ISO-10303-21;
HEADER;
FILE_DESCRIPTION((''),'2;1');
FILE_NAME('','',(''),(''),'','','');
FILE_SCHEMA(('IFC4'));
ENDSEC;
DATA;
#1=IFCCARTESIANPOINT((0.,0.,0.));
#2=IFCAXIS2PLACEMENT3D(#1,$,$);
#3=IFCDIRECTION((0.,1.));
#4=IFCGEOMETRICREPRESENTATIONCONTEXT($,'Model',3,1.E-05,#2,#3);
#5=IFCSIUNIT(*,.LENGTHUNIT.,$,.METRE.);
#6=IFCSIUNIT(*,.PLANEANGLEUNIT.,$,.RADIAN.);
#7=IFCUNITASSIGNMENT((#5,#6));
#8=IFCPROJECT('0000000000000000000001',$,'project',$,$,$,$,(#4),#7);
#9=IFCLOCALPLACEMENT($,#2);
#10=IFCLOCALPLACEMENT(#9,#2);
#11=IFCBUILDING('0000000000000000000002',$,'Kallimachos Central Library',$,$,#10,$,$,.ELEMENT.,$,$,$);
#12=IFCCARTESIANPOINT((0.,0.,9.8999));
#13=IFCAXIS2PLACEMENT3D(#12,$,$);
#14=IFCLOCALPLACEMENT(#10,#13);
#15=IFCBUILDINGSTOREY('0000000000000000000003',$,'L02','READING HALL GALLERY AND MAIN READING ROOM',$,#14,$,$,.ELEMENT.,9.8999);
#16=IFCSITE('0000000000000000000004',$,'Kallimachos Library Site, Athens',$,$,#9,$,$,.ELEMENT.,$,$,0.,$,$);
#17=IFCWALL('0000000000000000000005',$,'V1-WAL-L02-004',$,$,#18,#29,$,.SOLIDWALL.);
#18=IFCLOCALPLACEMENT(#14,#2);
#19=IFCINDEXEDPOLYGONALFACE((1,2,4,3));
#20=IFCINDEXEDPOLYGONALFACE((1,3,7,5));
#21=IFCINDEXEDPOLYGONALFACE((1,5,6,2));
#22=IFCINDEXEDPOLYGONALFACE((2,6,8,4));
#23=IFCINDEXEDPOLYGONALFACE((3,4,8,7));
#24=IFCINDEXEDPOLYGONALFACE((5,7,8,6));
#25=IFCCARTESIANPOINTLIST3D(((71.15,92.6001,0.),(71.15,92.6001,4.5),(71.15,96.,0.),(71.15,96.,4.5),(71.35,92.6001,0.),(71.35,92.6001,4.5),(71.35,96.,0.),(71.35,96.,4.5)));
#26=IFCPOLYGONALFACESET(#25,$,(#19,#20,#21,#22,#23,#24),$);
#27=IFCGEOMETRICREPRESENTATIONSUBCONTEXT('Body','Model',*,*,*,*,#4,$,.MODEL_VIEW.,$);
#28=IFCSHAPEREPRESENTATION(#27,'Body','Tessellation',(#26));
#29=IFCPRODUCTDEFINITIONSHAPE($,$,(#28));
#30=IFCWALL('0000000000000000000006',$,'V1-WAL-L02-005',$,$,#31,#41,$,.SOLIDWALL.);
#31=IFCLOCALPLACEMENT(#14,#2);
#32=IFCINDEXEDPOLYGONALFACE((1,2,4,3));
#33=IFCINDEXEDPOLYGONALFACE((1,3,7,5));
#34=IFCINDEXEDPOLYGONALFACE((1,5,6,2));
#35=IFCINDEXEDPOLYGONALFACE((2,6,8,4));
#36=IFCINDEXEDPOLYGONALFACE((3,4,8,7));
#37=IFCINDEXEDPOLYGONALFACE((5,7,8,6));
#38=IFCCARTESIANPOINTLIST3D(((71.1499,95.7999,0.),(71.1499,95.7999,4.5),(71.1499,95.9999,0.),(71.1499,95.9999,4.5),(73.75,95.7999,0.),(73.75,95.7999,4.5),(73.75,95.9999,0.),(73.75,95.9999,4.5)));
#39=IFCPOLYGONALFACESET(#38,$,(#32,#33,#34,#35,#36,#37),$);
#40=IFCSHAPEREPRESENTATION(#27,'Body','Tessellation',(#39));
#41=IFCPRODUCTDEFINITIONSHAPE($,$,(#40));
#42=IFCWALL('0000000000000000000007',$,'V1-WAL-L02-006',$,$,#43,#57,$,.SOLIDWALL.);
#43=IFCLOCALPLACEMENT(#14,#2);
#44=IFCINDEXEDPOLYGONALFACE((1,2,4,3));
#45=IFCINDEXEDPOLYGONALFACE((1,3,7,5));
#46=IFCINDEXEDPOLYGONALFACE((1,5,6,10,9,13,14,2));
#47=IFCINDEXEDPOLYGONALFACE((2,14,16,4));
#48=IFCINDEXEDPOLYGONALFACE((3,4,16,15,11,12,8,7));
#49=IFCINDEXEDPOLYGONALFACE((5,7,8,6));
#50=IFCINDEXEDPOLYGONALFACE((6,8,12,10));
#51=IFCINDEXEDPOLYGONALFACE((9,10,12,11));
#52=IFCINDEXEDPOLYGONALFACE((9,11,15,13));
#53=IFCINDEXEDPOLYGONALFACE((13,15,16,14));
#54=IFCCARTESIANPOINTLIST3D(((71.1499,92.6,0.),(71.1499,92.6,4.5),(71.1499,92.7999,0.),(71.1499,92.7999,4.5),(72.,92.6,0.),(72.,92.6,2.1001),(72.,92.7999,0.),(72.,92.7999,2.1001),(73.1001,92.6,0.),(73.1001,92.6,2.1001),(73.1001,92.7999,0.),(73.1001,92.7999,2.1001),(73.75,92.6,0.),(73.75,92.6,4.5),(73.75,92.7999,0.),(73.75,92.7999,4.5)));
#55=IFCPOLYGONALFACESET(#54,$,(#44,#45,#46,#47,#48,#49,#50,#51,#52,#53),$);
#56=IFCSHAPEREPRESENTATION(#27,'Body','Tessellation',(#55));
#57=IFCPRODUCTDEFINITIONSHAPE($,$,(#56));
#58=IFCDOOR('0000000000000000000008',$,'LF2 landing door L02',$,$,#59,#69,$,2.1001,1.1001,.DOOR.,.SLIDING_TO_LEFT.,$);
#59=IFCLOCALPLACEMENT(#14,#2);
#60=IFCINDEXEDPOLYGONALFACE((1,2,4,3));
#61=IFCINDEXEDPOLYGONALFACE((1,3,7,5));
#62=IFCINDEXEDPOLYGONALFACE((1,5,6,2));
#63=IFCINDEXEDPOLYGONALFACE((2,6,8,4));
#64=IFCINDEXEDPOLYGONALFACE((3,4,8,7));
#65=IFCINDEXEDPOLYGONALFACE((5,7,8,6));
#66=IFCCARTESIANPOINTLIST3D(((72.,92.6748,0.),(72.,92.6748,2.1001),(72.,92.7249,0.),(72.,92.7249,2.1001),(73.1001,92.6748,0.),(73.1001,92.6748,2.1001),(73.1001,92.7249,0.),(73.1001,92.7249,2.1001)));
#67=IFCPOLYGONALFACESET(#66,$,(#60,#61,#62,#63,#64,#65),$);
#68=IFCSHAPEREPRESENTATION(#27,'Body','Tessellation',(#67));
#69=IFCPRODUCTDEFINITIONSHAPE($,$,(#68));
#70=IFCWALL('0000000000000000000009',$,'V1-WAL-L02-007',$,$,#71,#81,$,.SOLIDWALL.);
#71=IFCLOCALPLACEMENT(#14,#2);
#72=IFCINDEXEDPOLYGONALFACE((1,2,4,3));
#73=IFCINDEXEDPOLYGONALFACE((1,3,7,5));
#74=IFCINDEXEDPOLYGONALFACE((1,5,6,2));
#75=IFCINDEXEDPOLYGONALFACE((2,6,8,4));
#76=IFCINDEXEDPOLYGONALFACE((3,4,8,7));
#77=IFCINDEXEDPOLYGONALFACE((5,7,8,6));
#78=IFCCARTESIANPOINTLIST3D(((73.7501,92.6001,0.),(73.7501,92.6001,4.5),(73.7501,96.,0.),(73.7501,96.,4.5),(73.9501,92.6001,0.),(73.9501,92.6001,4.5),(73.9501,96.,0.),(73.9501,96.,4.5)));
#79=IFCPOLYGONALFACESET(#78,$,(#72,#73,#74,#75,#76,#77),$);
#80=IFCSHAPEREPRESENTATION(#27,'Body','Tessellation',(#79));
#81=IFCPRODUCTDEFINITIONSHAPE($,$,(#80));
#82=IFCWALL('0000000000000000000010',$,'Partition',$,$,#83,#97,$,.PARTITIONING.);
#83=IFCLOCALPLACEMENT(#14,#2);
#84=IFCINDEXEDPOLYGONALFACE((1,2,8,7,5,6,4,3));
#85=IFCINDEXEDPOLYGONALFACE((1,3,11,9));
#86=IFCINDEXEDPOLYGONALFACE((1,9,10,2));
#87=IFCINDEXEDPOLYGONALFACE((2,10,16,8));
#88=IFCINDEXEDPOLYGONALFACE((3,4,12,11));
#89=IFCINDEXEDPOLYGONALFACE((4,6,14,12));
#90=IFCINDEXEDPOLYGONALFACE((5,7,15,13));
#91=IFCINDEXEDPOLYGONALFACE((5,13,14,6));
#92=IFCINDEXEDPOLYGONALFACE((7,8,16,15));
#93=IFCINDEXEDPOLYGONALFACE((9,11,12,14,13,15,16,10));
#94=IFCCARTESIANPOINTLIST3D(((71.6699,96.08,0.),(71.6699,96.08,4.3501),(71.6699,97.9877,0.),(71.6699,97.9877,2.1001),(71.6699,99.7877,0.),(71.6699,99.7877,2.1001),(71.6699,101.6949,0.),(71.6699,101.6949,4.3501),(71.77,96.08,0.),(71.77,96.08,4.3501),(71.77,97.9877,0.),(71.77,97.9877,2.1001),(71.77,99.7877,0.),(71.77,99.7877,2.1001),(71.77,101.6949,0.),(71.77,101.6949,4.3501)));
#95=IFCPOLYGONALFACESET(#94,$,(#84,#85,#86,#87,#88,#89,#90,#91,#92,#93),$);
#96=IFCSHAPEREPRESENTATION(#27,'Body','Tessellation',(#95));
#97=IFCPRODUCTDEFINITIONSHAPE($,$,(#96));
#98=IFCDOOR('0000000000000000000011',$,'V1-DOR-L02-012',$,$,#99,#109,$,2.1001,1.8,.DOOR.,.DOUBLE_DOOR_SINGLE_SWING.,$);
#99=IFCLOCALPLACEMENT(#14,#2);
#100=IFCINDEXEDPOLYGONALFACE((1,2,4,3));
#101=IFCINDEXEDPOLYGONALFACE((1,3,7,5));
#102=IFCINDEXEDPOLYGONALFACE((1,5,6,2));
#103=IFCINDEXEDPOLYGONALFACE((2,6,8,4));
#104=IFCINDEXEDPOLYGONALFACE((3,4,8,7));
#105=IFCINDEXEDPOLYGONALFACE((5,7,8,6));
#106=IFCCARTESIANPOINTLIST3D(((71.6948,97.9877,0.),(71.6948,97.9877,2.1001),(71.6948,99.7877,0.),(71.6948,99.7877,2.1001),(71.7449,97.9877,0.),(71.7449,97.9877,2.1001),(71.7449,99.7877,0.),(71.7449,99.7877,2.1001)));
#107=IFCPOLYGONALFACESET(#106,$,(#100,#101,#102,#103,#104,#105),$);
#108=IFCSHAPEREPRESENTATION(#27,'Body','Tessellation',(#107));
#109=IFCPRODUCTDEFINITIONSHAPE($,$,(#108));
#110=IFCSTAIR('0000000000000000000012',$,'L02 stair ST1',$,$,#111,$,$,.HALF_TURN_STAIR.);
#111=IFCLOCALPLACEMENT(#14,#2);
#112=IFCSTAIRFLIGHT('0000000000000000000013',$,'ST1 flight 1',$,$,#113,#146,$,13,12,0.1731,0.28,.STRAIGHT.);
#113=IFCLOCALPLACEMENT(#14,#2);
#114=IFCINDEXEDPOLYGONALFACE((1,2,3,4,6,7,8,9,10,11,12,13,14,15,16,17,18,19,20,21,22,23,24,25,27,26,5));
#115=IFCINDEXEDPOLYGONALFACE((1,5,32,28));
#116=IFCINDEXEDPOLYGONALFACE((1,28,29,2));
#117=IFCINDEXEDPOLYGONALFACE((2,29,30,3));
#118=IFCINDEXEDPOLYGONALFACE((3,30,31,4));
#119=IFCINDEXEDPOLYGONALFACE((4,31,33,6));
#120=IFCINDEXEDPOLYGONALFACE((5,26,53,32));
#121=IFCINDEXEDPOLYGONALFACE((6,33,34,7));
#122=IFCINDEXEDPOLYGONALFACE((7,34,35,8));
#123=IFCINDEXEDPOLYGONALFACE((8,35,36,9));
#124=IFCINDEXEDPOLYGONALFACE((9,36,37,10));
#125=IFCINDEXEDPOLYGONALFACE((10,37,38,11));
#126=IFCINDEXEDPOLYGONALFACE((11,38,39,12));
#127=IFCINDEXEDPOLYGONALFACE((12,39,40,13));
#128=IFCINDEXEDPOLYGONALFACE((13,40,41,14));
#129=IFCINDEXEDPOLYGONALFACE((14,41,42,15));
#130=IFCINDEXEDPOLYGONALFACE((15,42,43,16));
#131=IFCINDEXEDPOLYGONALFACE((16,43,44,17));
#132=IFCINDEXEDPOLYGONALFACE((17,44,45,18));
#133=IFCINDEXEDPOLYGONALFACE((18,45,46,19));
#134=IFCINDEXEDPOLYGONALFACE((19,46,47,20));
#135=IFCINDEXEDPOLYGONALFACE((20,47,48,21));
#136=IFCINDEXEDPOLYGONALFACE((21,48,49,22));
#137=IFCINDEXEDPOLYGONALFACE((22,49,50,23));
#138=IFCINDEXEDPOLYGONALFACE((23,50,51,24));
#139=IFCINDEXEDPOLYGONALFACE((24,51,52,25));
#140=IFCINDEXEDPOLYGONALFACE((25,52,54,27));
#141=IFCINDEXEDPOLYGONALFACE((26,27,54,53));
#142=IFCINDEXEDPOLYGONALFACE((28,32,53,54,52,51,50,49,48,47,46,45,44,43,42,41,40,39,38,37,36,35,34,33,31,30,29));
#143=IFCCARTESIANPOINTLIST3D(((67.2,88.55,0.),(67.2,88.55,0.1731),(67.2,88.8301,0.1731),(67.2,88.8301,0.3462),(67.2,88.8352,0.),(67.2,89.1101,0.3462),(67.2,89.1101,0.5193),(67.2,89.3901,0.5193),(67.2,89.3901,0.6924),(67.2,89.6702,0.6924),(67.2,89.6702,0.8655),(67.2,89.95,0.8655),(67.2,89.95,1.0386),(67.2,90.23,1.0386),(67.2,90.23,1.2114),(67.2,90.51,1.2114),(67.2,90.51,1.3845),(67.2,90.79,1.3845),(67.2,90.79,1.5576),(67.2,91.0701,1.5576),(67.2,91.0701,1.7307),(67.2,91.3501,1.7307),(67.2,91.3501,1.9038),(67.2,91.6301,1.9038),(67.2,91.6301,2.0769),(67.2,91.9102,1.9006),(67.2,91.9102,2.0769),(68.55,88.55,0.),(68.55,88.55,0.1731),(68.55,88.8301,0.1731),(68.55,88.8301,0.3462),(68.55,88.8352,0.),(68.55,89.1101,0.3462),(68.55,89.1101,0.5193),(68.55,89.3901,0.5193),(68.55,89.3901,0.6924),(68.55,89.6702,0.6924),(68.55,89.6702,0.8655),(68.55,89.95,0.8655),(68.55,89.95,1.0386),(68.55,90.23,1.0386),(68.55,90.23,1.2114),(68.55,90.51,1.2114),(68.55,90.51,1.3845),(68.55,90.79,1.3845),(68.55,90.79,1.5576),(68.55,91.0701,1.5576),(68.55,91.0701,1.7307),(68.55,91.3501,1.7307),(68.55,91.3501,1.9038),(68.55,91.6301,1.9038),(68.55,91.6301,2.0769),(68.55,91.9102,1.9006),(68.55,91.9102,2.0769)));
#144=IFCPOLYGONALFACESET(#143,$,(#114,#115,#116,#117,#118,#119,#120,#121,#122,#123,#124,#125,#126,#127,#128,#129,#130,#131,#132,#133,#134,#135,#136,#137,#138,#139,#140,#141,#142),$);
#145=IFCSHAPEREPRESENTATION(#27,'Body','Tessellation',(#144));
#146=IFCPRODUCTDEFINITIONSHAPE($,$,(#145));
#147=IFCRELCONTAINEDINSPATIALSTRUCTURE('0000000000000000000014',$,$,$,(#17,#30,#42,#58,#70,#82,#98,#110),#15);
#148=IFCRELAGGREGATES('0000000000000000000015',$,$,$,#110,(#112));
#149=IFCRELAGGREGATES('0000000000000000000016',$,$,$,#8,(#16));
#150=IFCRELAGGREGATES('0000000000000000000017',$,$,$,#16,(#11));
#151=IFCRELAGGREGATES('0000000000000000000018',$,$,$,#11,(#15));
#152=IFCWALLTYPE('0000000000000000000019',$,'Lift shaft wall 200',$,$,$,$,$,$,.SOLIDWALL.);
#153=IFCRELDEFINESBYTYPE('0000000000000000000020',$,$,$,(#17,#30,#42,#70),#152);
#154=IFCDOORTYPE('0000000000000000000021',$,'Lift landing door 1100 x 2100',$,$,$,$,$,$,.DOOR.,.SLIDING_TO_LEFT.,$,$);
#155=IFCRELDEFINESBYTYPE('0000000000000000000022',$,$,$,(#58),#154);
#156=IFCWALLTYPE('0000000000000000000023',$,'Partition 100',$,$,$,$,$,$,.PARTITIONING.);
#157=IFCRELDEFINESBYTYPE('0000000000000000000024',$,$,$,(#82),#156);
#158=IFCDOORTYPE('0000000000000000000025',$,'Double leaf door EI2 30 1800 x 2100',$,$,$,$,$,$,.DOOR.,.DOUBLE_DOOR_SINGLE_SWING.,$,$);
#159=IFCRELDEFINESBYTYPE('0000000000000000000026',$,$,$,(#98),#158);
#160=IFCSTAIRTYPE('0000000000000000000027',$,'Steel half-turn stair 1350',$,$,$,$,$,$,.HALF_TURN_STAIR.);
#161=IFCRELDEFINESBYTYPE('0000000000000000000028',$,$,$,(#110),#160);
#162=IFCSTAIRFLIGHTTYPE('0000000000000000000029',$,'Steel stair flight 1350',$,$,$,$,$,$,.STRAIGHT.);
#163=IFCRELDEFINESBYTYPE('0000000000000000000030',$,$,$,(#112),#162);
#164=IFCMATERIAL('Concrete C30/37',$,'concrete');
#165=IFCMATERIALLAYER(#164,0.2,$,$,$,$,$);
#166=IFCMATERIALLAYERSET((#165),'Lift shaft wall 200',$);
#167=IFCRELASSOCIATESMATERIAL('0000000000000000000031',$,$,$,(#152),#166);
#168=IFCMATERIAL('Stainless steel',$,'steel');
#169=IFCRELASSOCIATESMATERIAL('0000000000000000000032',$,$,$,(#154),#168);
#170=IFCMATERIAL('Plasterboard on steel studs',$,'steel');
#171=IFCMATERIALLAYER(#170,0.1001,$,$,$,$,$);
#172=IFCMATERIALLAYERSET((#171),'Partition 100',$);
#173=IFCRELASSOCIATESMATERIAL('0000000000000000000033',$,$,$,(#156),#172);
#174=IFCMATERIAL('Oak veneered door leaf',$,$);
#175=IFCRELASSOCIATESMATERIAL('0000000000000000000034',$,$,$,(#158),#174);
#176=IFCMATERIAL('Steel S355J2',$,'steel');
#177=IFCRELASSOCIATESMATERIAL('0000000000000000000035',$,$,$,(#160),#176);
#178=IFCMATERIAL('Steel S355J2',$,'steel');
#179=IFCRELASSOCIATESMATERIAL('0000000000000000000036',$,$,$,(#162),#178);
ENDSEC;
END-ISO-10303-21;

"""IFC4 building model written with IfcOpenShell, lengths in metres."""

from ifc_helpers import new_model, si_unit, direction, frame, frame_2d, origin, place, context, subcontext, project, spatial, polyline, rectangle, outline, extrude, material, layer, layer_set, type_object, element, fill, aggregate, save


model = new_model("IFC4")

# Units and contexts
model_context = context("Model", 3, precision=1e-05, world=origin(), true_north=direction((0.0, 1.0)))
body_context = subcontext(model_context, "Body", "Model", "MODEL_VIEW")
ifc_project = project(units=[si_unit("LENGTHUNIT", "METRE"), si_unit("PLANEANGLEUNIT", "RADIAN")], contexts=[model_context])

# Site, building, storey
site_placement = place(None, origin())
site = spatial("IfcSite", under=ifc_project, at=site_placement, Name="Kallimachos Library Site, Athens", CompositionType="ELEMENT", RefElevation=0.0)
building_placement = place(site_placement, origin())
building = spatial("IfcBuilding", under=site, at=building_placement, Name="Kallimachos Central Library", CompositionType="ELEMENT")
storey_placement = place(building_placement, frame((0.0, 0.0, 9.8999)))
storey = spatial("IfcBuildingStorey", under=building, at=storey_placement, Name="L02", Description="READING HALL GALLERY AND MAIN READING ROOM", CompositionType="ELEMENT", Elevation=9.8999)

# Shared definitions
ifc_material_1 = material(Name="Concrete C30/37", Category="concrete")
ifc_layer_1 = layer(ifc_material_1, 0.2)
ifc_layer_set_1 = layer_set([ifc_layer_1], Name="Lift shaft wall 200")
wall_type_1 = type_object("IfcWallType", Name="Lift shaft wall 200", PredefinedType="SOLIDWALL", material=ifc_layer_set_1)

# Shared definitions
ifc_material_2 = material(Name="Stainless steel", Category="steel")
door_type_1 = type_object("IfcDoorType", Name="Lift landing door 1100 x 2100", OperationType="SLIDING_TO_LEFT", PredefinedType="DOOR", material=ifc_material_2)

# Walls
for number, where, z_axis, x_axis, name in (
    (1, (71.25, 92.6001, 0.0), (0.0, 0.0, 1.0), (0.0, 1.0, 0.0), "V1-WAL-L02-004"),
):
    element("IfcWall", number, at=place(storey_placement, frame(where, z_axis=z_axis, x_axis=x_axis)), inside=storey, type_object=wall_type_1, Name=name, PredefinedType="SOLIDWALL", context=body_context, shape_type="SweptSolid", body=[
        extrude(rectangle(XDim=3.3999, YDim=0.2, at=frame_2d((1.7, 0.0))), origin(), (0.0, 0.0, 1.0), 4.5),
    ])
wall_1_placement = place(storey_placement, frame((71.1499, 95.8999, 0.0), z_axis=(0.0, 0.0, 1.0), x_axis=(1.0, 0.0, 0.0)))
element("IfcWall", 2, at=wall_1_placement, inside=storey, type_object=wall_type_1, Name="V1-WAL-L02-005", PredefinedType="SOLIDWALL", context=body_context, shape_type="SweptSolid", body=[
    extrude(rectangle(XDim=2.6001, YDim=0.2, at=frame_2d((1.3, 0.0))), origin(), (0.0, 0.0, 1.0), 4.5),
])

# Wall, opening, door
wall_2_placement = place(storey_placement, frame((71.1499, 92.7, 0.0), z_axis=(0.0, 0.0, 1.0), x_axis=(1.0, 0.0, 0.0)))
wall_2 = element("IfcWall", 3, at=wall_2_placement, inside=storey, type_object=wall_type_1, Name="V1-WAL-L02-006", PredefinedType="SOLIDWALL", context=body_context, shape_type="SweptSolid", body=[
    extrude(rectangle(XDim=2.6001, YDim=0.2, at=frame_2d((1.3, 0.0))), origin(), (0.0, 0.0, 1.0), 4.5),
])
opening_1_placement = place(wall_2_placement, frame((0.8501, 0.0, 0.0)))
opening_1 = element("IfcOpeningElement", 4, at=opening_1_placement, cuts=wall_2, PredefinedType="OPENING", context=body_context, shape_type="SweptSolid", body=[
    extrude(rectangle(XDim=1.1001, YDim=2.1001, at=frame_2d((0.55, 1.05))), frame((0.0, 0.1099, 0.0), z_axis=(0.0, -1.0, 0.0), x_axis=(1.0, 0.0, 0.0)), (0.0, 0.0, 1.0), 0.22),
])
door_1_placement = place(opening_1_placement, origin())
door_1 = element("IfcDoor", 5, at=door_1_placement, inside=storey, type_object=door_type_1, Name="LF2 landing door L02", OperationType="SLIDING_TO_LEFT", OverallHeight=2.1001, OverallWidth=1.1001, PredefinedType="DOOR", context=body_context, shape_type="SweptSolid", body=[
    extrude(rectangle(XDim=1.1001, YDim=2.1001, at=frame_2d((0.55, 1.05))), frame((0.0, 0.0249, 0.0), z_axis=(0.0, -1.0, 0.0), x_axis=(1.0, 0.0, 0.0)), (0.0, 0.0, 1.0), 0.05),
])
fill(opening_1, door_1)

# Wall
wall_3_placement = place(storey_placement, frame((73.8501, 92.6001, 0.0), z_axis=(0.0, 0.0, 1.0), x_axis=(0.0, 1.0, 0.0)))
element("IfcWall", 6, at=wall_3_placement, inside=storey, type_object=wall_type_1, Name="V1-WAL-L02-007", PredefinedType="SOLIDWALL", context=body_context, shape_type="SweptSolid", body=[
    extrude(rectangle(XDim=3.3999, YDim=0.2, at=frame_2d((1.7, 0.0))), origin(), (0.0, 0.0, 1.0), 4.5),
])

# Wall, opening, door
ifc_material_3 = material(Name="Plasterboard on steel studs", Category="steel")
ifc_layer_2 = layer(ifc_material_3, 0.1001)
ifc_layer_set_2 = layer_set([ifc_layer_2], Name="Partition 100")
wall_type_2 = type_object("IfcWallType", Name="Partition 100", PredefinedType="PARTITIONING", material=ifc_layer_set_2)
wall_4_placement = place(storey_placement, frame((71.72, 101.6951, 0.0), z_axis=(0.0, 0.0, 1.0), x_axis=(0.0, -1.0, 0.0)))
wall_4 = element("IfcWall", 7, at=wall_4_placement, inside=storey, type_object=wall_type_2, Name="Partition", PredefinedType="PARTITIONING", context=body_context, shape_type="SweptSolid", body=[
    extrude(rectangle(XDim=5.615, YDim=0.1001, at=frame_2d((2.8076, 0.0))), origin(), (0.0, 0.0, 1.0), 4.3501),
])
opening_2_placement = place(wall_4_placement, frame((1.9075, 0.0, 0.0)))
opening_2 = element("IfcOpeningElement", 8, at=opening_2_placement, cuts=wall_4, PredefinedType="OPENING", context=body_context, shape_type="SweptSolid", body=[
    extrude(rectangle(XDim=1.8, YDim=2.1001, at=frame_2d((0.8999, 1.05))), frame((0.0, 0.0601, 0.0), z_axis=(0.0, -1.0, 0.0), x_axis=(1.0, 0.0, 0.0)), (0.0, 0.0, 1.0), 0.1201),
])
ifc_material_4 = material(Name="Oak veneered door leaf")
door_type_2 = type_object("IfcDoorType", Name="Double leaf door EI2 30 1800 x 2100", OperationType="DOUBLE_DOOR_SINGLE_SWING", PredefinedType="DOOR", material=ifc_material_4)
door_2_placement = place(opening_2_placement, origin())
door_2 = element("IfcDoor", 9, at=door_2_placement, inside=storey, type_object=door_type_2, Name="V1-DOR-L02-012", OperationType="DOUBLE_DOOR_SINGLE_SWING", OverallHeight=2.1001, OverallWidth=1.8, PredefinedType="DOOR", context=body_context, shape_type="SweptSolid", body=[
    extrude(rectangle(XDim=1.8, YDim=2.1001, at=frame_2d((0.8999, 1.05))), frame((0.0, 0.0249, 0.0), z_axis=(0.0, -1.0, 0.0), x_axis=(1.0, 0.0, 0.0)), (0.0, 0.0, 1.0), 0.05),
])
fill(opening_2, door_2)

# Stair, stair flight
ifc_material_5 = material(Name="Steel S355J2", Category="steel")
stair_type = type_object("IfcStairType", Name="Steel half-turn stair 1350", PredefinedType="HALF_TURN_STAIR", material=ifc_material_5)
stair_placement = place(storey_placement, origin())
stair = element("IfcStair", 10, at=stair_placement, inside=storey, type_object=stair_type, Name="L02 stair ST1", PredefinedType="HALF_TURN_STAIR")
ifc_material_6 = material(Name="Steel S355J2", Category="steel")
stair_flight_type = type_object("IfcStairFlightType", Name="Steel stair flight 1350", PredefinedType="STRAIGHT", material=ifc_material_6)
stair_flight_placement = place(storey_placement, frame((67.875, 88.55, 0.0), z_axis=(0.0, 0.0, 1.0), x_axis=(0.0, 1.0, 0.0)))
stair_flight = element("IfcStairFlight", 11, at=stair_flight_placement, type_object=stair_flight_type, Name="ST1 flight 1", NumberOfRisers=13, NumberOfTreads=12, PredefinedType="STRAIGHT", RiserHeight=0.1731, TreadLength=0.28, context=body_context, shape_type="SweptSolid", body=[
    extrude(outline(polyline([(0.0, 0.0), (0.0, 0.1731), (0.28, 0.1731), (0.28, 0.3462), (0.5601, 0.3462), (0.5601, 0.5193), (0.8401, 0.5193), (0.8401, 0.6924), (1.1201, 0.6924), (1.1201, 0.8655), (1.3999, 0.8655), (1.3999, 1.0386), (1.6799, 1.0386), (1.6799, 1.2114), (1.96, 1.2114), (1.96, 1.3845), (2.24, 1.3845), (2.24, 1.5576), (2.52, 1.5576), (2.52, 1.7307), (2.8, 1.7307), (2.8, 1.9038), (3.0801, 1.9038), (3.0801, 2.0769), (3.3601, 2.0769), (3.3601, 2.25), (3.3601, 1.9006), (0.2852, 0.0), (0.0, 0.0)])), frame((0.0, 0.675, 0.0), z_axis=(0.0, -1.0, 0.0), x_axis=(1.0, 0.0, 0.0)), (0.0, 0.0, 1.0), 1.3501),
])
aggregate(stair, [stair_flight])

save(model, "model.ifc")
